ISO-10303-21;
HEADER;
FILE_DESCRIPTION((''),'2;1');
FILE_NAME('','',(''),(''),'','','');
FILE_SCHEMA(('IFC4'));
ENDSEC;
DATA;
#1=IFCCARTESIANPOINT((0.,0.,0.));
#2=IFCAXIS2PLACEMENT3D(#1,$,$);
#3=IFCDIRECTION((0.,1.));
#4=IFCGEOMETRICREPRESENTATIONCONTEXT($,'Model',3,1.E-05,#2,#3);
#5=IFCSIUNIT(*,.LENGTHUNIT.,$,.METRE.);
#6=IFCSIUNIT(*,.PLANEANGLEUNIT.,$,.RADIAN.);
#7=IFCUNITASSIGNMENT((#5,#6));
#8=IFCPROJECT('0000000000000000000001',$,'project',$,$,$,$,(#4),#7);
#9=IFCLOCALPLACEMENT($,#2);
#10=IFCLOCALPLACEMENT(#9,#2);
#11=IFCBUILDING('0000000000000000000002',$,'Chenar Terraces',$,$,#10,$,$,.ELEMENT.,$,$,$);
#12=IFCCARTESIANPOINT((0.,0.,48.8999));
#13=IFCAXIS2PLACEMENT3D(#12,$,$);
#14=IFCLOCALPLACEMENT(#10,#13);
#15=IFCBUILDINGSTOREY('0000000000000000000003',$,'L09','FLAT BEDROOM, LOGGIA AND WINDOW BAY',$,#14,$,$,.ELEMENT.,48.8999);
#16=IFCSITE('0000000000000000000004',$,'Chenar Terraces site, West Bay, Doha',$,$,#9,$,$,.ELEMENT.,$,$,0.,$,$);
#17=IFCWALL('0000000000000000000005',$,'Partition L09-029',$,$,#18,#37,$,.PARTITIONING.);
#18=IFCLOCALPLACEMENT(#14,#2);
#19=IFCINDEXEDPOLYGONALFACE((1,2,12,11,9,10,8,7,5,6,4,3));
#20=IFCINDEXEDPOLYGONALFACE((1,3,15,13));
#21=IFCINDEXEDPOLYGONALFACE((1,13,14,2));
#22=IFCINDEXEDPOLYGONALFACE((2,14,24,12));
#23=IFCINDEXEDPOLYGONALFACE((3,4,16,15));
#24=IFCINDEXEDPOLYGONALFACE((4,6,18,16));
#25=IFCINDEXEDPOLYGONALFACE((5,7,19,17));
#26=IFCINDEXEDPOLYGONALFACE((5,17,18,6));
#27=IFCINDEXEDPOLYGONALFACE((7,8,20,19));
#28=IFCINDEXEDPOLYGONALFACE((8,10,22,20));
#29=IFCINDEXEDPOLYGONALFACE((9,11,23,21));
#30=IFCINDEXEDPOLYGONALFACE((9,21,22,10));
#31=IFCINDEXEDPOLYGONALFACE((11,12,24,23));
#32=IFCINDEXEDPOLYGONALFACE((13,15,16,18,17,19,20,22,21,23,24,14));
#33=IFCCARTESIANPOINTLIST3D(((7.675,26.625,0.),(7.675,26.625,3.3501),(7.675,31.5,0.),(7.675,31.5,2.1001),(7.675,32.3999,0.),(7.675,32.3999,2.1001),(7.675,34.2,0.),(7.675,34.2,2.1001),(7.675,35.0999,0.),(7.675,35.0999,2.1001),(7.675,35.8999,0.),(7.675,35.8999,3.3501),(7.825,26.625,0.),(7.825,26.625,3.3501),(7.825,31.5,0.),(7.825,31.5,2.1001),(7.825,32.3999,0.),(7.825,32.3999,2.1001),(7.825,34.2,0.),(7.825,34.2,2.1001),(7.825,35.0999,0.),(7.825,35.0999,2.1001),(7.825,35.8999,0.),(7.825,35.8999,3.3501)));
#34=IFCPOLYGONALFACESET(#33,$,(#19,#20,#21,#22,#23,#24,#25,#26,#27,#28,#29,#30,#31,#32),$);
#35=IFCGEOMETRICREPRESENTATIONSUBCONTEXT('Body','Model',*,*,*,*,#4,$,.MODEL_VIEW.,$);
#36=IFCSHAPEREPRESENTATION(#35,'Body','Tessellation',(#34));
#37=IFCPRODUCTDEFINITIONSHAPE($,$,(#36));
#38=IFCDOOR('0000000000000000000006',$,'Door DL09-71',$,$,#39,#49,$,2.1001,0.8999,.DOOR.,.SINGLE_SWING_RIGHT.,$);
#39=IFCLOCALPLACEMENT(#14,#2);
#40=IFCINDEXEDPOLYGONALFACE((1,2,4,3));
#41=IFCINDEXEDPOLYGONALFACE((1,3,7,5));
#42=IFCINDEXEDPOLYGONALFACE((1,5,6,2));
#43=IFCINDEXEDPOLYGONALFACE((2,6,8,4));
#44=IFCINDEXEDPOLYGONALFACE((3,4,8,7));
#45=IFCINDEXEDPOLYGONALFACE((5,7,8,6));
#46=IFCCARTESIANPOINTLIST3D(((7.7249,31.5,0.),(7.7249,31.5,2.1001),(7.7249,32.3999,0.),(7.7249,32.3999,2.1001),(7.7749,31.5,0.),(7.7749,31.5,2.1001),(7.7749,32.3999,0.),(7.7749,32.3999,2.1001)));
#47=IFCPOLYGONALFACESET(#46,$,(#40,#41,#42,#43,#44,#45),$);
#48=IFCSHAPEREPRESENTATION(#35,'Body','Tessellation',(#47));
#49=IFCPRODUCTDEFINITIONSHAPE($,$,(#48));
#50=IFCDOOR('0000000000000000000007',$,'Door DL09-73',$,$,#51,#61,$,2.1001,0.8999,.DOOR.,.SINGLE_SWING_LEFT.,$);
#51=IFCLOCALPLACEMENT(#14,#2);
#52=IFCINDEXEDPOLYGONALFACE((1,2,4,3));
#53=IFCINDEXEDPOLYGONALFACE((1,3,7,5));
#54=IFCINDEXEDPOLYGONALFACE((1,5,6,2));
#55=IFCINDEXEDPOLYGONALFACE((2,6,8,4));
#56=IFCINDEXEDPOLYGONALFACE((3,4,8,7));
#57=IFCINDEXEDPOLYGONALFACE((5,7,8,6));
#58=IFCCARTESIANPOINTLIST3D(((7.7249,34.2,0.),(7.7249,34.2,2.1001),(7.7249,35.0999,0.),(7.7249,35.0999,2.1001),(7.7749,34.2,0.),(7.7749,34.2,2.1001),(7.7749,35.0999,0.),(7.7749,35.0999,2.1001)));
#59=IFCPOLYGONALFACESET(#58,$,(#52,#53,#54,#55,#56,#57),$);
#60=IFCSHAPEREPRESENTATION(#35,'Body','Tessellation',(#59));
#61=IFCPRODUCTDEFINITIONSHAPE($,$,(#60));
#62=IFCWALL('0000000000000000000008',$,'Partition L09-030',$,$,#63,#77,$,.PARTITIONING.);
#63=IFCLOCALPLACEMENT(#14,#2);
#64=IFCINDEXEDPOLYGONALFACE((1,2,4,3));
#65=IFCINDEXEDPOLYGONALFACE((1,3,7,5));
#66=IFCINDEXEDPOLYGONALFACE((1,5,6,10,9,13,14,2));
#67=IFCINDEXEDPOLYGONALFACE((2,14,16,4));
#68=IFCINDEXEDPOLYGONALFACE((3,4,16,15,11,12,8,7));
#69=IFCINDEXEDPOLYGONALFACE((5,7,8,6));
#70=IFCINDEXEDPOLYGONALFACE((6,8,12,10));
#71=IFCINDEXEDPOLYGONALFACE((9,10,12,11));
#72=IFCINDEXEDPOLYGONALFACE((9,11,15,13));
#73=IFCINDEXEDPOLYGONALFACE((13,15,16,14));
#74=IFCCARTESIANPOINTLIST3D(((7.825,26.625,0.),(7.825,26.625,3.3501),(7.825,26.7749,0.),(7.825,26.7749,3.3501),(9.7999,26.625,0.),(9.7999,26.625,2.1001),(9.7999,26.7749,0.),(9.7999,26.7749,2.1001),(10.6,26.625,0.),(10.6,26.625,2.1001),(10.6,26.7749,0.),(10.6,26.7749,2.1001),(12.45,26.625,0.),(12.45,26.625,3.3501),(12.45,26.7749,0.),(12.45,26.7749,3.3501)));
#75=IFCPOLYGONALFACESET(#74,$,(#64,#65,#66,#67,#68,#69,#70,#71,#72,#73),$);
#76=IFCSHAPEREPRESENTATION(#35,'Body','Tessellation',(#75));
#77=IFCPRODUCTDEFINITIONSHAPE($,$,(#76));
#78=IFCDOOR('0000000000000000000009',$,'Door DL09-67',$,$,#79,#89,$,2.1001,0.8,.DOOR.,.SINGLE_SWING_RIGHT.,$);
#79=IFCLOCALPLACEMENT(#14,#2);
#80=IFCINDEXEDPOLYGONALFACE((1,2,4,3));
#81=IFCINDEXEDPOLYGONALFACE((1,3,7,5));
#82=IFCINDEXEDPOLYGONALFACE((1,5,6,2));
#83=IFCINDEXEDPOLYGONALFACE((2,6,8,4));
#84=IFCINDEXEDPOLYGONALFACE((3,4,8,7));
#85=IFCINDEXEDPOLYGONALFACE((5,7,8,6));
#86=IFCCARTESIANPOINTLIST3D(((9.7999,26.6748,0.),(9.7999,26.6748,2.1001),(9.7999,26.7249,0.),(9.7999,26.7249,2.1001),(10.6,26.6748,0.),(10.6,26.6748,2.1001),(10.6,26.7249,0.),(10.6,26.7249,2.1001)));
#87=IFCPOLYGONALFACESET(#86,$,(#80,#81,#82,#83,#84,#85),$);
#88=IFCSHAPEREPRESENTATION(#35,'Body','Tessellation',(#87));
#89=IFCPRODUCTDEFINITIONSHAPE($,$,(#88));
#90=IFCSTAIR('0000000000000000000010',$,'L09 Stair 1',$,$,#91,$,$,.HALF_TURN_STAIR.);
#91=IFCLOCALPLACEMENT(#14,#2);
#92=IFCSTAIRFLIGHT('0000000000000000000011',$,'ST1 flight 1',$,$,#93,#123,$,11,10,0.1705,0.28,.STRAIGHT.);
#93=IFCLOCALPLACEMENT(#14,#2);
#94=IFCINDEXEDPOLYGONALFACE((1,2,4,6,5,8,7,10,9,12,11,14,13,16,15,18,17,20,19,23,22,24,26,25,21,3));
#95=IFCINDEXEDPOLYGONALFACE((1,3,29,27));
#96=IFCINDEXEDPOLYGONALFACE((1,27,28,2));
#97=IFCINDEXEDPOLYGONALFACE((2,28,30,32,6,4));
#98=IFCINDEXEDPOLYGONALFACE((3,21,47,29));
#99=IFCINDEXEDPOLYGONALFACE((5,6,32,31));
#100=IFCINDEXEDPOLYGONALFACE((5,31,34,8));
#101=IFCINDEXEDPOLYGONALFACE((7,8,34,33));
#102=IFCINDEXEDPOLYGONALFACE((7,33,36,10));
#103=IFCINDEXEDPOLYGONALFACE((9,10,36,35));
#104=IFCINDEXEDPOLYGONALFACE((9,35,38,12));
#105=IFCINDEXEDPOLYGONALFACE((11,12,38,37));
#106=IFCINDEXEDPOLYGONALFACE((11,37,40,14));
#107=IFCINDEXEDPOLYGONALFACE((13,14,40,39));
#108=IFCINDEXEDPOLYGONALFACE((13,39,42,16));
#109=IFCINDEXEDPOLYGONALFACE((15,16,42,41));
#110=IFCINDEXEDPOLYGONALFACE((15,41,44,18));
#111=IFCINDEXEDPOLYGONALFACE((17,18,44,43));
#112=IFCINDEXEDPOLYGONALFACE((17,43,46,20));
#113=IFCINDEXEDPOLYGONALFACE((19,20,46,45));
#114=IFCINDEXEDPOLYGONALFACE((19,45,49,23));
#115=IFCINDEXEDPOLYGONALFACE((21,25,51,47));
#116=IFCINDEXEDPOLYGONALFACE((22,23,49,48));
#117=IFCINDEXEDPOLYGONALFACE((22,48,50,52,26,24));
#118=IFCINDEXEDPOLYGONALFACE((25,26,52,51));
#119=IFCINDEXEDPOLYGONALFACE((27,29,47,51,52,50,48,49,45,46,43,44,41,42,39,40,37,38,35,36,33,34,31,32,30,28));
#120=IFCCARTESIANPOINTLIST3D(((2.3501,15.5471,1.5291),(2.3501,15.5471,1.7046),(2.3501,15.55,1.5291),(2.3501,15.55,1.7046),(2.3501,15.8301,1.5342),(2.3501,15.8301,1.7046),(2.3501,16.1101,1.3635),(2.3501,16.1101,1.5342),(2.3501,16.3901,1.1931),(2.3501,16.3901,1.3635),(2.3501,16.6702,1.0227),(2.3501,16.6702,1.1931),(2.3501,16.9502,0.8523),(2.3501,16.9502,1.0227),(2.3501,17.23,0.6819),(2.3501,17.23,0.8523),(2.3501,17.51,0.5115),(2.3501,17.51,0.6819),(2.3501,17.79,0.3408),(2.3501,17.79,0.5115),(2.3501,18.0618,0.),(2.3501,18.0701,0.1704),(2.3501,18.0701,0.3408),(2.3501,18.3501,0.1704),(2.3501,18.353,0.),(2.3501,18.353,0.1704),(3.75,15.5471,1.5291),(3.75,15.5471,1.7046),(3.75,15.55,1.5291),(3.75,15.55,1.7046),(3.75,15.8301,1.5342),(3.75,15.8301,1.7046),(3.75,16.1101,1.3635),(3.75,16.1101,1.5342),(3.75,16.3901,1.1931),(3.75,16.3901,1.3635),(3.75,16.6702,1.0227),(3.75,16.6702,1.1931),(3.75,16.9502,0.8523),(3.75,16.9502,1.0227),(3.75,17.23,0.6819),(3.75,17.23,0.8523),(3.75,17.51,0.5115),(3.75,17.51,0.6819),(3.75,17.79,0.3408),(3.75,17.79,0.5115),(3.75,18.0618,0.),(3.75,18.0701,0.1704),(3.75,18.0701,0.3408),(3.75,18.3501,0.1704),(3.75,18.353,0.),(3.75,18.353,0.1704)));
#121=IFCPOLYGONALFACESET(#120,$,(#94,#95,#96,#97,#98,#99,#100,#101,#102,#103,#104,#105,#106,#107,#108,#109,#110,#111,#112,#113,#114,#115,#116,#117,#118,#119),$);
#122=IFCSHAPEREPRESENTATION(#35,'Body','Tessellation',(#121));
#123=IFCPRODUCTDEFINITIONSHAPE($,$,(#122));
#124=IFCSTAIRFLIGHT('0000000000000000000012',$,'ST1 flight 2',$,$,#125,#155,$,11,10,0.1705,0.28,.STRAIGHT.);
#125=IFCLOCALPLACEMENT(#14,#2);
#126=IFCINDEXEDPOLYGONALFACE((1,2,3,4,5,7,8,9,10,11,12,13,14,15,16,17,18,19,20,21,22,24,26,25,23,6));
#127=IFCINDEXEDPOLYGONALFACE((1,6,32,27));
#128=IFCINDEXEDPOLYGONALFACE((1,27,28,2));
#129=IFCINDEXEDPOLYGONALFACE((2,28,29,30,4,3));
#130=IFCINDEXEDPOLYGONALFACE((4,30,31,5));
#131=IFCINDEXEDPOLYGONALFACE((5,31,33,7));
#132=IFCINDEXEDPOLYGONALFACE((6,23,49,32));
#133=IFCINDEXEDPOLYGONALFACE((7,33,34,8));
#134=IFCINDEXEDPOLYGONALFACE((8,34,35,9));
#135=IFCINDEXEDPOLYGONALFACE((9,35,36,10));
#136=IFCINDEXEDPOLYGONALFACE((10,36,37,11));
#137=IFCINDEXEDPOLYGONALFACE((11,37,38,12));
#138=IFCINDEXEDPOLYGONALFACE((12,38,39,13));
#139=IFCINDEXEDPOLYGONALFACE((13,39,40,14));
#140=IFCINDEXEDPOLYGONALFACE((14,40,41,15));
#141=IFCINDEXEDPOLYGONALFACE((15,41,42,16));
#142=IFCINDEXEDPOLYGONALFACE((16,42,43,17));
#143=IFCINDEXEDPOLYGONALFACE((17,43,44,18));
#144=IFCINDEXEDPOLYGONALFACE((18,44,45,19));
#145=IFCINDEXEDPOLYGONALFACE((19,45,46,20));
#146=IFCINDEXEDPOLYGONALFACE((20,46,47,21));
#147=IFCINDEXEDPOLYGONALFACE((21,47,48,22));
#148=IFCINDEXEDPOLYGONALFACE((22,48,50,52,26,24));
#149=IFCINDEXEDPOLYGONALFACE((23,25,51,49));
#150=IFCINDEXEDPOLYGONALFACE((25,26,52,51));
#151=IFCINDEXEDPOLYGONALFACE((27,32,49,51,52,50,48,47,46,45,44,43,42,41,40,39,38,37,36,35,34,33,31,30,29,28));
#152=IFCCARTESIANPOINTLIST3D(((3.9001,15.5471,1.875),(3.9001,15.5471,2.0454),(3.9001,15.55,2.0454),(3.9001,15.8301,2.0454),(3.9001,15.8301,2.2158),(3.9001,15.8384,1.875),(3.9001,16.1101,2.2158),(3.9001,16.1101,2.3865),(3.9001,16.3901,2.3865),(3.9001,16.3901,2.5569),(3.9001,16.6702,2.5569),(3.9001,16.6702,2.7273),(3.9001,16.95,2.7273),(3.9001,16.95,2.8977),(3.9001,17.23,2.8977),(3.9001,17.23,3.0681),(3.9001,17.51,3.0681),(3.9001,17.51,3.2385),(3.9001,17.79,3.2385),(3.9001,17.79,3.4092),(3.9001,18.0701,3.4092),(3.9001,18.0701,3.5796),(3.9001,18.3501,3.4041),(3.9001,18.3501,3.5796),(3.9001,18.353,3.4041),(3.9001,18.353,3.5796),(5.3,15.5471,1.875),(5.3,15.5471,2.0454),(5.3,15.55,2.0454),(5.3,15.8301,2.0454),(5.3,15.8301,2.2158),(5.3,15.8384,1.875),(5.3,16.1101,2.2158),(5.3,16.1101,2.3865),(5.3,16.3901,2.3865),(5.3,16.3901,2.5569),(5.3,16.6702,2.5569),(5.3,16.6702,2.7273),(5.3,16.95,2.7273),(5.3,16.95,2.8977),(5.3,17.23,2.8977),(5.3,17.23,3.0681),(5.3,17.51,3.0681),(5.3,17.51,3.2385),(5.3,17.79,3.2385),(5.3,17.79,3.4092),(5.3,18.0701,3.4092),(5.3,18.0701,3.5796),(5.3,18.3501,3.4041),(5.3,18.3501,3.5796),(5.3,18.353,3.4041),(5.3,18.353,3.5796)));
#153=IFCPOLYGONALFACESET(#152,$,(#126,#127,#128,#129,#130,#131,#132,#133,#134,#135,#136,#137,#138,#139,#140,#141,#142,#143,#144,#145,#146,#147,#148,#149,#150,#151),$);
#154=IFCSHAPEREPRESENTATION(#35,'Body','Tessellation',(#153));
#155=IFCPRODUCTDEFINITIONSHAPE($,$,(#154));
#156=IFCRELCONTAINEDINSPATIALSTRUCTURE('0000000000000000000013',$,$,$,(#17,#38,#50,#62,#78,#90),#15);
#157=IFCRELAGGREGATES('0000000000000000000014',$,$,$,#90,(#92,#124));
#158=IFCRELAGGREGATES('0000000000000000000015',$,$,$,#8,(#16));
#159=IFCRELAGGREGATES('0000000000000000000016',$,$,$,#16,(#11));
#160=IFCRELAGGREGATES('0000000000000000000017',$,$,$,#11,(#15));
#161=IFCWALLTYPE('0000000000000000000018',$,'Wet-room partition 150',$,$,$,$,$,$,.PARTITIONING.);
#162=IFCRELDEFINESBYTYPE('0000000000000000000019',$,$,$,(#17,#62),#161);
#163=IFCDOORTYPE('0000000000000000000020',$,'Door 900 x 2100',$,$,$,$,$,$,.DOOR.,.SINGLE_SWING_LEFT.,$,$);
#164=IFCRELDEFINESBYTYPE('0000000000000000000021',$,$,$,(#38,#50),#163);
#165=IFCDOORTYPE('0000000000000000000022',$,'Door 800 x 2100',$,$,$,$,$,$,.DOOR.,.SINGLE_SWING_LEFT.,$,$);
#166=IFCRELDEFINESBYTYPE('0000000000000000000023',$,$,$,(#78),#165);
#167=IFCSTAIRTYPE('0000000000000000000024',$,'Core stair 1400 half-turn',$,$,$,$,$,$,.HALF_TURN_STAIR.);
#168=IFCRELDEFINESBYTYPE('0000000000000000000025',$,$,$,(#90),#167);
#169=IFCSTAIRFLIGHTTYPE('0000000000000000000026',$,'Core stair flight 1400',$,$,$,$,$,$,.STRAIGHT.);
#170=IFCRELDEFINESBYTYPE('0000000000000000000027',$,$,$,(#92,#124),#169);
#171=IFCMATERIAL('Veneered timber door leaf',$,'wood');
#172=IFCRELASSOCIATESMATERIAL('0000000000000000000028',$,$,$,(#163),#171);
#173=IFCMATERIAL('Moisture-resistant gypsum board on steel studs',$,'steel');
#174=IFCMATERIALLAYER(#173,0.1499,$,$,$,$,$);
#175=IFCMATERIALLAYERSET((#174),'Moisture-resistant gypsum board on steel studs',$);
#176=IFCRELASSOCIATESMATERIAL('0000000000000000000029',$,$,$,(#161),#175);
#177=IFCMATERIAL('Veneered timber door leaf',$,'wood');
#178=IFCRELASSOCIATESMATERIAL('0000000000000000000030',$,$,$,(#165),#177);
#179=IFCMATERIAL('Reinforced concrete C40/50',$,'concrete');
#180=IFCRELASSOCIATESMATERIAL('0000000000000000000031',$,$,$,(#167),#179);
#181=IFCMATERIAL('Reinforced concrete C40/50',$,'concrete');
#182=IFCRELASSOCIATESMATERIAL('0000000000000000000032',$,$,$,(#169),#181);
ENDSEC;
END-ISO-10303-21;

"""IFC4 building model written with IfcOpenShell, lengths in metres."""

from ifc_helpers import new_model, si_unit, direction, frame, frame_2d, origin, place, context, subcontext, project, spatial, polyline, rectangle, outline, extrude, material, layer, layer_set, type_object, element, fill, aggregate, save


model = new_model("IFC4")

# Units and contexts
model_context = context("Model", 3, precision=1e-05, world=origin(), true_north=direction((0.0, 1.0)))
body_context = subcontext(model_context, "Body", "Model", "MODEL_VIEW")
ifc_project = project(units=[si_unit("LENGTHUNIT", "METRE"), si_unit("PLANEANGLEUNIT", "RADIAN")], contexts=[model_context])

# Site, building, storey
site_placement = place(None, origin())
site = spatial("IfcSite", under=ifc_project, at=site_placement, Name="Chenar Terraces site, West Bay, Doha", CompositionType="ELEMENT", RefElevation=0.0)
building_placement = place(site_placement, origin())
building = spatial("IfcBuilding", under=site, at=building_placement, Name="Chenar Terraces", CompositionType="ELEMENT")
storey_placement = place(building_placement, frame((0.0, 0.0, 48.8999)))
storey = spatial("IfcBuildingStorey", under=building, at=storey_placement, Name="L09", Description="FLAT BEDROOM, LOGGIA AND WINDOW BAY", CompositionType="ELEMENT", Elevation=48.8999)

# Shared definitions
ifc_material_1 = material(Name="Veneered timber door leaf", Category="wood")
door_type_1 = type_object("IfcDoorType", Name="Door 900 x 2100", OperationType="SINGLE_SWING_LEFT", PredefinedType="DOOR", material=ifc_material_1)

# Shared definitions
ifc_material_2 = material(Name="Moisture-resistant gypsum board on steel studs", Category="steel")
ifc_layer_1 = layer(ifc_material_2, 0.1499)
ifc_layer_set_1 = layer_set([ifc_layer_1], Name="Moisture-resistant gypsum board on steel studs")
wall_type_1 = type_object("IfcWallType", Name="Wet-room partition 150", PredefinedType="PARTITIONING", material=ifc_layer_set_1)

# Shared definitions
ifc_material_3 = material(Name="Veneered timber door leaf", Category="wood")
door_type_2 = type_object("IfcDoorType", Name="Door 800 x 2100", OperationType="SINGLE_SWING_LEFT", PredefinedType="DOOR", material=ifc_material_3)

# Wall, openings, doors
wall_1_placement = place(storey_placement, frame((7.75, 26.625, 0.0), z_axis=(0.0, 0.0, 1.0), x_axis=(0.0, 1.0, 0.0)))
wall_1 = element("IfcWall", 1, at=wall_1_placement, inside=storey, type_object=wall_type_1, Name="Partition L09-029", PredefinedType="PARTITIONING", context=body_context, shape_type="SweptSolid", body=[
    extrude(rectangle(XDim=9.2749, YDim=0.1499, at=frame_2d((4.6375, 0.0))), origin(), (0.0, 0.0, 1.0), 3.3501),
])
opening_1_placement = place(wall_1_placement, frame((4.875, 0.0, 0.0)))
opening_1 = element("IfcOpeningElement", 2, at=opening_1_placement, cuts=wall_1, PredefinedType="OPENING", context=body_context, shape_type="SweptSolid", body=[
    extrude(rectangle(XDim=0.8999, YDim=2.1001, at=frame_2d((0.45, 1.05))), frame((0.0, 0.085, 0.0), z_axis=(0.0, -1.0, 0.0), x_axis=(1.0, 0.0, 0.0)), (0.0, 0.0, 1.0), 0.1699),
])
opening_2_placement = place(wall_1_placement, frame((7.575, 0.0, 0.0)))
opening_2 = element("IfcOpeningElement", 3, at=opening_2_placement, cuts=wall_1, PredefinedType="OPENING", context=body_context, shape_type="SweptSolid", body=[
    extrude(rectangle(XDim=0.8999, YDim=2.1001, at=frame_2d((0.45, 1.05))), frame((0.0, 0.085, 0.0), z_axis=(0.0, -1.0, 0.0), x_axis=(1.0, 0.0, 0.0)), (0.0, 0.0, 1.0), 0.1699),
])
door_1_placement = place(opening_1_placement, frame((0.8999, 0.0, 0.0), z_axis=(0.0, 0.0, 1.0), x_axis=(-1.0, 0.0, 0.0)))
door_1 = element("IfcDoor", 4, at=door_1_placement, inside=storey, type_object=door_type_1, Name="Door DL09-71", OperationType="SINGLE_SWING_RIGHT", OverallHeight=2.1001, OverallWidth=0.8999, PredefinedType="DOOR", context=body_context, shape_type="SweptSolid", body=[
    extrude(rectangle(XDim=0.8999, YDim=2.1001, at=frame_2d((0.45, 1.05))), frame((0.0, 0.0249, 0.0), z_axis=(0.0, -1.0, 0.0), x_axis=(1.0, 0.0, 0.0)), (0.0, 0.0, 1.0), 0.05),
])
fill(opening_1, door_1)
door_2_placement = place(opening_2_placement, frame((0.8999, 0.0, 0.0), z_axis=(0.0, 0.0, 1.0), x_axis=(-1.0, 0.0, 0.0)))
door_2 = element("IfcDoor", 5, at=door_2_placement, inside=storey, type_object=door_type_1, Name="Door DL09-73", OperationType="SINGLE_SWING_LEFT", OverallHeight=2.1001, OverallWidth=0.8999, PredefinedType="DOOR", context=body_context, shape_type="SweptSolid", body=[
    extrude(rectangle(XDim=0.8999, YDim=2.1001, at=frame_2d((0.45, 1.05))), frame((0.0, 0.0249, 0.0), z_axis=(0.0, -1.0, 0.0), x_axis=(1.0, 0.0, 0.0)), (0.0, 0.0, 1.0), 0.05),
])
fill(opening_2, door_2)

# Wall, opening, door
wall_2_placement = place(storey_placement, frame((7.825, 26.7, 0.0), z_axis=(0.0, 0.0, 1.0), x_axis=(1.0, 0.0, 0.0)))
wall_2 = element("IfcWall", 6, at=wall_2_placement, inside=storey, type_object=wall_type_1, Name="Partition L09-030", PredefinedType="PARTITIONING", context=body_context, shape_type="SweptSolid", body=[
    extrude(rectangle(XDim=4.625, YDim=0.1499, at=frame_2d((2.3125, 0.0))), origin(), (0.0, 0.0, 1.0), 3.3501),
])
opening_3_placement = place(wall_2_placement, frame((1.9751, 0.0, 0.0)))
opening_3 = element("IfcOpeningElement", 7, at=opening_3_placement, cuts=wall_2, PredefinedType="OPENING", context=body_context, shape_type="SweptSolid", body=[
    extrude(rectangle(XDim=0.8, YDim=2.1001, at=frame_2d((0.3999, 1.05))), frame((0.0, 0.085, 0.0), z_axis=(0.0, -1.0, 0.0), x_axis=(1.0, 0.0, 0.0)), (0.0, 0.0, 1.0), 0.1699),
])
door_3_placement = place(opening_3_placement, origin())
door_3 = element("IfcDoor", 8, at=door_3_placement, inside=storey, type_object=door_type_2, Name="Door DL09-67", OperationType="SINGLE_SWING_RIGHT", OverallHeight=2.1001, OverallWidth=0.8, PredefinedType="DOOR", context=body_context, shape_type="SweptSolid", body=[
    extrude(rectangle(XDim=0.8, YDim=2.1001, at=frame_2d((0.3999, 1.05))), frame((0.0, 0.0249, 0.0), z_axis=(0.0, -1.0, 0.0), x_axis=(1.0, 0.0, 0.0)), (0.0, 0.0, 1.0), 0.05),
])
fill(opening_3, door_3)

# Stair, stair flights
ifc_material_4 = material(Name="Reinforced concrete C40/50", Category="concrete")
stair_type = type_object("IfcStairType", Name="Core stair 1400 half-turn", PredefinedType="HALF_TURN_STAIR", material=ifc_material_4)
stair_placement = place(storey_placement, origin())
stair = element("IfcStair", 9, at=stair_placement, inside=storey, type_object=stair_type, Name="L09 Stair 1", PredefinedType="HALF_TURN_STAIR")
ifc_material_5 = material(Name="Reinforced concrete C40/50", Category="concrete")
stair_flight_type = type_object("IfcStairFlightType", Name="Core stair flight 1400", PredefinedType="STRAIGHT", material=ifc_material_5)
stair_flight_1_placement = place(storey_placement, frame((3.05, 18.3501, 0.0), z_axis=(0.0, 0.0, 1.0), x_axis=(0.0, -1.0, 0.0)))
stair_flight_1 = element("IfcStairFlight", 10, at=stair_flight_1_placement, type_object=stair_flight_type, Name="ST1 flight 1", NumberOfRisers=11, NumberOfTreads=10, PredefinedType="STRAIGHT", RiserHeight=0.1705, TreadLength=0.28, context=body_context, shape_type="SweptSolid", body=[
    extrude(outline(polyline([(-0.0029, 0.0), (-0.0029, 0.1704), (0.0, 0.1704), (0.28, 0.1704), (0.28, 0.3408), (0.5601, 0.3408), (0.5601, 0.5115), (0.8401, 0.5115), (0.8401, 0.6819), (1.1201, 0.6819), (1.1201, 0.8523), (1.3999, 0.8523), (1.3999, 1.0227), (1.6799, 1.0227), (1.6799, 1.1931), (1.96, 1.1931), (1.96, 1.3635), (2.24, 1.3635), (2.24, 1.5342), (2.52, 1.5342), (2.52, 1.7046), (2.8, 1.7046), (2.803, 1.7046), (2.803, 1.5291), (2.8, 1.5291), (0.2883, 0.0), (-0.0029, 0.0)])), frame((0.0, 0.7, 0.0), z_axis=(0.0, -1.0, 0.0), x_axis=(1.0, 0.0, 0.0)), (0.0, 0.0, 1.0), 1.3999),
])
stair_flight_2_placement = place(storey_placement, frame((4.6001, 15.55, 1.875), z_axis=(0.0, 0.0, 1.0), x_axis=(0.0, 1.0, 0.0)))
stair_flight_2 = element("IfcStairFlight", 11, at=stair_flight_2_placement, type_object=stair_flight_type, Name="ST1 flight 2", NumberOfRisers=11, NumberOfTreads=10, PredefinedType="STRAIGHT", RiserHeight=0.1705, TreadLength=0.28, context=body_context, shape_type="SweptSolid", body=[
    extrude(outline(polyline([(-0.0029, 0.0), (-0.0029, 0.1704), (0.0, 0.1704), (0.28, 0.1704), (0.28, 0.3408), (0.5601, 0.3408), (0.5601, 0.5115), (0.8401, 0.5115), (0.8401, 0.6819), (1.1201, 0.6819), (1.1201, 0.8523), (1.3999, 0.8523), (1.3999, 1.0227), (1.6799, 1.0227), (1.6799, 1.1931), (1.96, 1.1931), (1.96, 1.3635), (2.24, 1.3635), (2.24, 1.5342), (2.52, 1.5342), (2.52, 1.7046), (2.8, 1.7046), (2.803, 1.7046), (2.803, 1.5291), (2.8, 1.5291), (0.2883, 0.0), (-0.0029, 0.0)])), frame((0.0, 0.7, 0.0), z_axis=(0.0, -1.0, 0.0), x_axis=(1.0, 0.0, 0.0)), (0.0, 0.0, 1.0), 1.3999),
])
aggregate(stair, [stair_flight_1, stair_flight_2])

save(model, "model.ifc")
